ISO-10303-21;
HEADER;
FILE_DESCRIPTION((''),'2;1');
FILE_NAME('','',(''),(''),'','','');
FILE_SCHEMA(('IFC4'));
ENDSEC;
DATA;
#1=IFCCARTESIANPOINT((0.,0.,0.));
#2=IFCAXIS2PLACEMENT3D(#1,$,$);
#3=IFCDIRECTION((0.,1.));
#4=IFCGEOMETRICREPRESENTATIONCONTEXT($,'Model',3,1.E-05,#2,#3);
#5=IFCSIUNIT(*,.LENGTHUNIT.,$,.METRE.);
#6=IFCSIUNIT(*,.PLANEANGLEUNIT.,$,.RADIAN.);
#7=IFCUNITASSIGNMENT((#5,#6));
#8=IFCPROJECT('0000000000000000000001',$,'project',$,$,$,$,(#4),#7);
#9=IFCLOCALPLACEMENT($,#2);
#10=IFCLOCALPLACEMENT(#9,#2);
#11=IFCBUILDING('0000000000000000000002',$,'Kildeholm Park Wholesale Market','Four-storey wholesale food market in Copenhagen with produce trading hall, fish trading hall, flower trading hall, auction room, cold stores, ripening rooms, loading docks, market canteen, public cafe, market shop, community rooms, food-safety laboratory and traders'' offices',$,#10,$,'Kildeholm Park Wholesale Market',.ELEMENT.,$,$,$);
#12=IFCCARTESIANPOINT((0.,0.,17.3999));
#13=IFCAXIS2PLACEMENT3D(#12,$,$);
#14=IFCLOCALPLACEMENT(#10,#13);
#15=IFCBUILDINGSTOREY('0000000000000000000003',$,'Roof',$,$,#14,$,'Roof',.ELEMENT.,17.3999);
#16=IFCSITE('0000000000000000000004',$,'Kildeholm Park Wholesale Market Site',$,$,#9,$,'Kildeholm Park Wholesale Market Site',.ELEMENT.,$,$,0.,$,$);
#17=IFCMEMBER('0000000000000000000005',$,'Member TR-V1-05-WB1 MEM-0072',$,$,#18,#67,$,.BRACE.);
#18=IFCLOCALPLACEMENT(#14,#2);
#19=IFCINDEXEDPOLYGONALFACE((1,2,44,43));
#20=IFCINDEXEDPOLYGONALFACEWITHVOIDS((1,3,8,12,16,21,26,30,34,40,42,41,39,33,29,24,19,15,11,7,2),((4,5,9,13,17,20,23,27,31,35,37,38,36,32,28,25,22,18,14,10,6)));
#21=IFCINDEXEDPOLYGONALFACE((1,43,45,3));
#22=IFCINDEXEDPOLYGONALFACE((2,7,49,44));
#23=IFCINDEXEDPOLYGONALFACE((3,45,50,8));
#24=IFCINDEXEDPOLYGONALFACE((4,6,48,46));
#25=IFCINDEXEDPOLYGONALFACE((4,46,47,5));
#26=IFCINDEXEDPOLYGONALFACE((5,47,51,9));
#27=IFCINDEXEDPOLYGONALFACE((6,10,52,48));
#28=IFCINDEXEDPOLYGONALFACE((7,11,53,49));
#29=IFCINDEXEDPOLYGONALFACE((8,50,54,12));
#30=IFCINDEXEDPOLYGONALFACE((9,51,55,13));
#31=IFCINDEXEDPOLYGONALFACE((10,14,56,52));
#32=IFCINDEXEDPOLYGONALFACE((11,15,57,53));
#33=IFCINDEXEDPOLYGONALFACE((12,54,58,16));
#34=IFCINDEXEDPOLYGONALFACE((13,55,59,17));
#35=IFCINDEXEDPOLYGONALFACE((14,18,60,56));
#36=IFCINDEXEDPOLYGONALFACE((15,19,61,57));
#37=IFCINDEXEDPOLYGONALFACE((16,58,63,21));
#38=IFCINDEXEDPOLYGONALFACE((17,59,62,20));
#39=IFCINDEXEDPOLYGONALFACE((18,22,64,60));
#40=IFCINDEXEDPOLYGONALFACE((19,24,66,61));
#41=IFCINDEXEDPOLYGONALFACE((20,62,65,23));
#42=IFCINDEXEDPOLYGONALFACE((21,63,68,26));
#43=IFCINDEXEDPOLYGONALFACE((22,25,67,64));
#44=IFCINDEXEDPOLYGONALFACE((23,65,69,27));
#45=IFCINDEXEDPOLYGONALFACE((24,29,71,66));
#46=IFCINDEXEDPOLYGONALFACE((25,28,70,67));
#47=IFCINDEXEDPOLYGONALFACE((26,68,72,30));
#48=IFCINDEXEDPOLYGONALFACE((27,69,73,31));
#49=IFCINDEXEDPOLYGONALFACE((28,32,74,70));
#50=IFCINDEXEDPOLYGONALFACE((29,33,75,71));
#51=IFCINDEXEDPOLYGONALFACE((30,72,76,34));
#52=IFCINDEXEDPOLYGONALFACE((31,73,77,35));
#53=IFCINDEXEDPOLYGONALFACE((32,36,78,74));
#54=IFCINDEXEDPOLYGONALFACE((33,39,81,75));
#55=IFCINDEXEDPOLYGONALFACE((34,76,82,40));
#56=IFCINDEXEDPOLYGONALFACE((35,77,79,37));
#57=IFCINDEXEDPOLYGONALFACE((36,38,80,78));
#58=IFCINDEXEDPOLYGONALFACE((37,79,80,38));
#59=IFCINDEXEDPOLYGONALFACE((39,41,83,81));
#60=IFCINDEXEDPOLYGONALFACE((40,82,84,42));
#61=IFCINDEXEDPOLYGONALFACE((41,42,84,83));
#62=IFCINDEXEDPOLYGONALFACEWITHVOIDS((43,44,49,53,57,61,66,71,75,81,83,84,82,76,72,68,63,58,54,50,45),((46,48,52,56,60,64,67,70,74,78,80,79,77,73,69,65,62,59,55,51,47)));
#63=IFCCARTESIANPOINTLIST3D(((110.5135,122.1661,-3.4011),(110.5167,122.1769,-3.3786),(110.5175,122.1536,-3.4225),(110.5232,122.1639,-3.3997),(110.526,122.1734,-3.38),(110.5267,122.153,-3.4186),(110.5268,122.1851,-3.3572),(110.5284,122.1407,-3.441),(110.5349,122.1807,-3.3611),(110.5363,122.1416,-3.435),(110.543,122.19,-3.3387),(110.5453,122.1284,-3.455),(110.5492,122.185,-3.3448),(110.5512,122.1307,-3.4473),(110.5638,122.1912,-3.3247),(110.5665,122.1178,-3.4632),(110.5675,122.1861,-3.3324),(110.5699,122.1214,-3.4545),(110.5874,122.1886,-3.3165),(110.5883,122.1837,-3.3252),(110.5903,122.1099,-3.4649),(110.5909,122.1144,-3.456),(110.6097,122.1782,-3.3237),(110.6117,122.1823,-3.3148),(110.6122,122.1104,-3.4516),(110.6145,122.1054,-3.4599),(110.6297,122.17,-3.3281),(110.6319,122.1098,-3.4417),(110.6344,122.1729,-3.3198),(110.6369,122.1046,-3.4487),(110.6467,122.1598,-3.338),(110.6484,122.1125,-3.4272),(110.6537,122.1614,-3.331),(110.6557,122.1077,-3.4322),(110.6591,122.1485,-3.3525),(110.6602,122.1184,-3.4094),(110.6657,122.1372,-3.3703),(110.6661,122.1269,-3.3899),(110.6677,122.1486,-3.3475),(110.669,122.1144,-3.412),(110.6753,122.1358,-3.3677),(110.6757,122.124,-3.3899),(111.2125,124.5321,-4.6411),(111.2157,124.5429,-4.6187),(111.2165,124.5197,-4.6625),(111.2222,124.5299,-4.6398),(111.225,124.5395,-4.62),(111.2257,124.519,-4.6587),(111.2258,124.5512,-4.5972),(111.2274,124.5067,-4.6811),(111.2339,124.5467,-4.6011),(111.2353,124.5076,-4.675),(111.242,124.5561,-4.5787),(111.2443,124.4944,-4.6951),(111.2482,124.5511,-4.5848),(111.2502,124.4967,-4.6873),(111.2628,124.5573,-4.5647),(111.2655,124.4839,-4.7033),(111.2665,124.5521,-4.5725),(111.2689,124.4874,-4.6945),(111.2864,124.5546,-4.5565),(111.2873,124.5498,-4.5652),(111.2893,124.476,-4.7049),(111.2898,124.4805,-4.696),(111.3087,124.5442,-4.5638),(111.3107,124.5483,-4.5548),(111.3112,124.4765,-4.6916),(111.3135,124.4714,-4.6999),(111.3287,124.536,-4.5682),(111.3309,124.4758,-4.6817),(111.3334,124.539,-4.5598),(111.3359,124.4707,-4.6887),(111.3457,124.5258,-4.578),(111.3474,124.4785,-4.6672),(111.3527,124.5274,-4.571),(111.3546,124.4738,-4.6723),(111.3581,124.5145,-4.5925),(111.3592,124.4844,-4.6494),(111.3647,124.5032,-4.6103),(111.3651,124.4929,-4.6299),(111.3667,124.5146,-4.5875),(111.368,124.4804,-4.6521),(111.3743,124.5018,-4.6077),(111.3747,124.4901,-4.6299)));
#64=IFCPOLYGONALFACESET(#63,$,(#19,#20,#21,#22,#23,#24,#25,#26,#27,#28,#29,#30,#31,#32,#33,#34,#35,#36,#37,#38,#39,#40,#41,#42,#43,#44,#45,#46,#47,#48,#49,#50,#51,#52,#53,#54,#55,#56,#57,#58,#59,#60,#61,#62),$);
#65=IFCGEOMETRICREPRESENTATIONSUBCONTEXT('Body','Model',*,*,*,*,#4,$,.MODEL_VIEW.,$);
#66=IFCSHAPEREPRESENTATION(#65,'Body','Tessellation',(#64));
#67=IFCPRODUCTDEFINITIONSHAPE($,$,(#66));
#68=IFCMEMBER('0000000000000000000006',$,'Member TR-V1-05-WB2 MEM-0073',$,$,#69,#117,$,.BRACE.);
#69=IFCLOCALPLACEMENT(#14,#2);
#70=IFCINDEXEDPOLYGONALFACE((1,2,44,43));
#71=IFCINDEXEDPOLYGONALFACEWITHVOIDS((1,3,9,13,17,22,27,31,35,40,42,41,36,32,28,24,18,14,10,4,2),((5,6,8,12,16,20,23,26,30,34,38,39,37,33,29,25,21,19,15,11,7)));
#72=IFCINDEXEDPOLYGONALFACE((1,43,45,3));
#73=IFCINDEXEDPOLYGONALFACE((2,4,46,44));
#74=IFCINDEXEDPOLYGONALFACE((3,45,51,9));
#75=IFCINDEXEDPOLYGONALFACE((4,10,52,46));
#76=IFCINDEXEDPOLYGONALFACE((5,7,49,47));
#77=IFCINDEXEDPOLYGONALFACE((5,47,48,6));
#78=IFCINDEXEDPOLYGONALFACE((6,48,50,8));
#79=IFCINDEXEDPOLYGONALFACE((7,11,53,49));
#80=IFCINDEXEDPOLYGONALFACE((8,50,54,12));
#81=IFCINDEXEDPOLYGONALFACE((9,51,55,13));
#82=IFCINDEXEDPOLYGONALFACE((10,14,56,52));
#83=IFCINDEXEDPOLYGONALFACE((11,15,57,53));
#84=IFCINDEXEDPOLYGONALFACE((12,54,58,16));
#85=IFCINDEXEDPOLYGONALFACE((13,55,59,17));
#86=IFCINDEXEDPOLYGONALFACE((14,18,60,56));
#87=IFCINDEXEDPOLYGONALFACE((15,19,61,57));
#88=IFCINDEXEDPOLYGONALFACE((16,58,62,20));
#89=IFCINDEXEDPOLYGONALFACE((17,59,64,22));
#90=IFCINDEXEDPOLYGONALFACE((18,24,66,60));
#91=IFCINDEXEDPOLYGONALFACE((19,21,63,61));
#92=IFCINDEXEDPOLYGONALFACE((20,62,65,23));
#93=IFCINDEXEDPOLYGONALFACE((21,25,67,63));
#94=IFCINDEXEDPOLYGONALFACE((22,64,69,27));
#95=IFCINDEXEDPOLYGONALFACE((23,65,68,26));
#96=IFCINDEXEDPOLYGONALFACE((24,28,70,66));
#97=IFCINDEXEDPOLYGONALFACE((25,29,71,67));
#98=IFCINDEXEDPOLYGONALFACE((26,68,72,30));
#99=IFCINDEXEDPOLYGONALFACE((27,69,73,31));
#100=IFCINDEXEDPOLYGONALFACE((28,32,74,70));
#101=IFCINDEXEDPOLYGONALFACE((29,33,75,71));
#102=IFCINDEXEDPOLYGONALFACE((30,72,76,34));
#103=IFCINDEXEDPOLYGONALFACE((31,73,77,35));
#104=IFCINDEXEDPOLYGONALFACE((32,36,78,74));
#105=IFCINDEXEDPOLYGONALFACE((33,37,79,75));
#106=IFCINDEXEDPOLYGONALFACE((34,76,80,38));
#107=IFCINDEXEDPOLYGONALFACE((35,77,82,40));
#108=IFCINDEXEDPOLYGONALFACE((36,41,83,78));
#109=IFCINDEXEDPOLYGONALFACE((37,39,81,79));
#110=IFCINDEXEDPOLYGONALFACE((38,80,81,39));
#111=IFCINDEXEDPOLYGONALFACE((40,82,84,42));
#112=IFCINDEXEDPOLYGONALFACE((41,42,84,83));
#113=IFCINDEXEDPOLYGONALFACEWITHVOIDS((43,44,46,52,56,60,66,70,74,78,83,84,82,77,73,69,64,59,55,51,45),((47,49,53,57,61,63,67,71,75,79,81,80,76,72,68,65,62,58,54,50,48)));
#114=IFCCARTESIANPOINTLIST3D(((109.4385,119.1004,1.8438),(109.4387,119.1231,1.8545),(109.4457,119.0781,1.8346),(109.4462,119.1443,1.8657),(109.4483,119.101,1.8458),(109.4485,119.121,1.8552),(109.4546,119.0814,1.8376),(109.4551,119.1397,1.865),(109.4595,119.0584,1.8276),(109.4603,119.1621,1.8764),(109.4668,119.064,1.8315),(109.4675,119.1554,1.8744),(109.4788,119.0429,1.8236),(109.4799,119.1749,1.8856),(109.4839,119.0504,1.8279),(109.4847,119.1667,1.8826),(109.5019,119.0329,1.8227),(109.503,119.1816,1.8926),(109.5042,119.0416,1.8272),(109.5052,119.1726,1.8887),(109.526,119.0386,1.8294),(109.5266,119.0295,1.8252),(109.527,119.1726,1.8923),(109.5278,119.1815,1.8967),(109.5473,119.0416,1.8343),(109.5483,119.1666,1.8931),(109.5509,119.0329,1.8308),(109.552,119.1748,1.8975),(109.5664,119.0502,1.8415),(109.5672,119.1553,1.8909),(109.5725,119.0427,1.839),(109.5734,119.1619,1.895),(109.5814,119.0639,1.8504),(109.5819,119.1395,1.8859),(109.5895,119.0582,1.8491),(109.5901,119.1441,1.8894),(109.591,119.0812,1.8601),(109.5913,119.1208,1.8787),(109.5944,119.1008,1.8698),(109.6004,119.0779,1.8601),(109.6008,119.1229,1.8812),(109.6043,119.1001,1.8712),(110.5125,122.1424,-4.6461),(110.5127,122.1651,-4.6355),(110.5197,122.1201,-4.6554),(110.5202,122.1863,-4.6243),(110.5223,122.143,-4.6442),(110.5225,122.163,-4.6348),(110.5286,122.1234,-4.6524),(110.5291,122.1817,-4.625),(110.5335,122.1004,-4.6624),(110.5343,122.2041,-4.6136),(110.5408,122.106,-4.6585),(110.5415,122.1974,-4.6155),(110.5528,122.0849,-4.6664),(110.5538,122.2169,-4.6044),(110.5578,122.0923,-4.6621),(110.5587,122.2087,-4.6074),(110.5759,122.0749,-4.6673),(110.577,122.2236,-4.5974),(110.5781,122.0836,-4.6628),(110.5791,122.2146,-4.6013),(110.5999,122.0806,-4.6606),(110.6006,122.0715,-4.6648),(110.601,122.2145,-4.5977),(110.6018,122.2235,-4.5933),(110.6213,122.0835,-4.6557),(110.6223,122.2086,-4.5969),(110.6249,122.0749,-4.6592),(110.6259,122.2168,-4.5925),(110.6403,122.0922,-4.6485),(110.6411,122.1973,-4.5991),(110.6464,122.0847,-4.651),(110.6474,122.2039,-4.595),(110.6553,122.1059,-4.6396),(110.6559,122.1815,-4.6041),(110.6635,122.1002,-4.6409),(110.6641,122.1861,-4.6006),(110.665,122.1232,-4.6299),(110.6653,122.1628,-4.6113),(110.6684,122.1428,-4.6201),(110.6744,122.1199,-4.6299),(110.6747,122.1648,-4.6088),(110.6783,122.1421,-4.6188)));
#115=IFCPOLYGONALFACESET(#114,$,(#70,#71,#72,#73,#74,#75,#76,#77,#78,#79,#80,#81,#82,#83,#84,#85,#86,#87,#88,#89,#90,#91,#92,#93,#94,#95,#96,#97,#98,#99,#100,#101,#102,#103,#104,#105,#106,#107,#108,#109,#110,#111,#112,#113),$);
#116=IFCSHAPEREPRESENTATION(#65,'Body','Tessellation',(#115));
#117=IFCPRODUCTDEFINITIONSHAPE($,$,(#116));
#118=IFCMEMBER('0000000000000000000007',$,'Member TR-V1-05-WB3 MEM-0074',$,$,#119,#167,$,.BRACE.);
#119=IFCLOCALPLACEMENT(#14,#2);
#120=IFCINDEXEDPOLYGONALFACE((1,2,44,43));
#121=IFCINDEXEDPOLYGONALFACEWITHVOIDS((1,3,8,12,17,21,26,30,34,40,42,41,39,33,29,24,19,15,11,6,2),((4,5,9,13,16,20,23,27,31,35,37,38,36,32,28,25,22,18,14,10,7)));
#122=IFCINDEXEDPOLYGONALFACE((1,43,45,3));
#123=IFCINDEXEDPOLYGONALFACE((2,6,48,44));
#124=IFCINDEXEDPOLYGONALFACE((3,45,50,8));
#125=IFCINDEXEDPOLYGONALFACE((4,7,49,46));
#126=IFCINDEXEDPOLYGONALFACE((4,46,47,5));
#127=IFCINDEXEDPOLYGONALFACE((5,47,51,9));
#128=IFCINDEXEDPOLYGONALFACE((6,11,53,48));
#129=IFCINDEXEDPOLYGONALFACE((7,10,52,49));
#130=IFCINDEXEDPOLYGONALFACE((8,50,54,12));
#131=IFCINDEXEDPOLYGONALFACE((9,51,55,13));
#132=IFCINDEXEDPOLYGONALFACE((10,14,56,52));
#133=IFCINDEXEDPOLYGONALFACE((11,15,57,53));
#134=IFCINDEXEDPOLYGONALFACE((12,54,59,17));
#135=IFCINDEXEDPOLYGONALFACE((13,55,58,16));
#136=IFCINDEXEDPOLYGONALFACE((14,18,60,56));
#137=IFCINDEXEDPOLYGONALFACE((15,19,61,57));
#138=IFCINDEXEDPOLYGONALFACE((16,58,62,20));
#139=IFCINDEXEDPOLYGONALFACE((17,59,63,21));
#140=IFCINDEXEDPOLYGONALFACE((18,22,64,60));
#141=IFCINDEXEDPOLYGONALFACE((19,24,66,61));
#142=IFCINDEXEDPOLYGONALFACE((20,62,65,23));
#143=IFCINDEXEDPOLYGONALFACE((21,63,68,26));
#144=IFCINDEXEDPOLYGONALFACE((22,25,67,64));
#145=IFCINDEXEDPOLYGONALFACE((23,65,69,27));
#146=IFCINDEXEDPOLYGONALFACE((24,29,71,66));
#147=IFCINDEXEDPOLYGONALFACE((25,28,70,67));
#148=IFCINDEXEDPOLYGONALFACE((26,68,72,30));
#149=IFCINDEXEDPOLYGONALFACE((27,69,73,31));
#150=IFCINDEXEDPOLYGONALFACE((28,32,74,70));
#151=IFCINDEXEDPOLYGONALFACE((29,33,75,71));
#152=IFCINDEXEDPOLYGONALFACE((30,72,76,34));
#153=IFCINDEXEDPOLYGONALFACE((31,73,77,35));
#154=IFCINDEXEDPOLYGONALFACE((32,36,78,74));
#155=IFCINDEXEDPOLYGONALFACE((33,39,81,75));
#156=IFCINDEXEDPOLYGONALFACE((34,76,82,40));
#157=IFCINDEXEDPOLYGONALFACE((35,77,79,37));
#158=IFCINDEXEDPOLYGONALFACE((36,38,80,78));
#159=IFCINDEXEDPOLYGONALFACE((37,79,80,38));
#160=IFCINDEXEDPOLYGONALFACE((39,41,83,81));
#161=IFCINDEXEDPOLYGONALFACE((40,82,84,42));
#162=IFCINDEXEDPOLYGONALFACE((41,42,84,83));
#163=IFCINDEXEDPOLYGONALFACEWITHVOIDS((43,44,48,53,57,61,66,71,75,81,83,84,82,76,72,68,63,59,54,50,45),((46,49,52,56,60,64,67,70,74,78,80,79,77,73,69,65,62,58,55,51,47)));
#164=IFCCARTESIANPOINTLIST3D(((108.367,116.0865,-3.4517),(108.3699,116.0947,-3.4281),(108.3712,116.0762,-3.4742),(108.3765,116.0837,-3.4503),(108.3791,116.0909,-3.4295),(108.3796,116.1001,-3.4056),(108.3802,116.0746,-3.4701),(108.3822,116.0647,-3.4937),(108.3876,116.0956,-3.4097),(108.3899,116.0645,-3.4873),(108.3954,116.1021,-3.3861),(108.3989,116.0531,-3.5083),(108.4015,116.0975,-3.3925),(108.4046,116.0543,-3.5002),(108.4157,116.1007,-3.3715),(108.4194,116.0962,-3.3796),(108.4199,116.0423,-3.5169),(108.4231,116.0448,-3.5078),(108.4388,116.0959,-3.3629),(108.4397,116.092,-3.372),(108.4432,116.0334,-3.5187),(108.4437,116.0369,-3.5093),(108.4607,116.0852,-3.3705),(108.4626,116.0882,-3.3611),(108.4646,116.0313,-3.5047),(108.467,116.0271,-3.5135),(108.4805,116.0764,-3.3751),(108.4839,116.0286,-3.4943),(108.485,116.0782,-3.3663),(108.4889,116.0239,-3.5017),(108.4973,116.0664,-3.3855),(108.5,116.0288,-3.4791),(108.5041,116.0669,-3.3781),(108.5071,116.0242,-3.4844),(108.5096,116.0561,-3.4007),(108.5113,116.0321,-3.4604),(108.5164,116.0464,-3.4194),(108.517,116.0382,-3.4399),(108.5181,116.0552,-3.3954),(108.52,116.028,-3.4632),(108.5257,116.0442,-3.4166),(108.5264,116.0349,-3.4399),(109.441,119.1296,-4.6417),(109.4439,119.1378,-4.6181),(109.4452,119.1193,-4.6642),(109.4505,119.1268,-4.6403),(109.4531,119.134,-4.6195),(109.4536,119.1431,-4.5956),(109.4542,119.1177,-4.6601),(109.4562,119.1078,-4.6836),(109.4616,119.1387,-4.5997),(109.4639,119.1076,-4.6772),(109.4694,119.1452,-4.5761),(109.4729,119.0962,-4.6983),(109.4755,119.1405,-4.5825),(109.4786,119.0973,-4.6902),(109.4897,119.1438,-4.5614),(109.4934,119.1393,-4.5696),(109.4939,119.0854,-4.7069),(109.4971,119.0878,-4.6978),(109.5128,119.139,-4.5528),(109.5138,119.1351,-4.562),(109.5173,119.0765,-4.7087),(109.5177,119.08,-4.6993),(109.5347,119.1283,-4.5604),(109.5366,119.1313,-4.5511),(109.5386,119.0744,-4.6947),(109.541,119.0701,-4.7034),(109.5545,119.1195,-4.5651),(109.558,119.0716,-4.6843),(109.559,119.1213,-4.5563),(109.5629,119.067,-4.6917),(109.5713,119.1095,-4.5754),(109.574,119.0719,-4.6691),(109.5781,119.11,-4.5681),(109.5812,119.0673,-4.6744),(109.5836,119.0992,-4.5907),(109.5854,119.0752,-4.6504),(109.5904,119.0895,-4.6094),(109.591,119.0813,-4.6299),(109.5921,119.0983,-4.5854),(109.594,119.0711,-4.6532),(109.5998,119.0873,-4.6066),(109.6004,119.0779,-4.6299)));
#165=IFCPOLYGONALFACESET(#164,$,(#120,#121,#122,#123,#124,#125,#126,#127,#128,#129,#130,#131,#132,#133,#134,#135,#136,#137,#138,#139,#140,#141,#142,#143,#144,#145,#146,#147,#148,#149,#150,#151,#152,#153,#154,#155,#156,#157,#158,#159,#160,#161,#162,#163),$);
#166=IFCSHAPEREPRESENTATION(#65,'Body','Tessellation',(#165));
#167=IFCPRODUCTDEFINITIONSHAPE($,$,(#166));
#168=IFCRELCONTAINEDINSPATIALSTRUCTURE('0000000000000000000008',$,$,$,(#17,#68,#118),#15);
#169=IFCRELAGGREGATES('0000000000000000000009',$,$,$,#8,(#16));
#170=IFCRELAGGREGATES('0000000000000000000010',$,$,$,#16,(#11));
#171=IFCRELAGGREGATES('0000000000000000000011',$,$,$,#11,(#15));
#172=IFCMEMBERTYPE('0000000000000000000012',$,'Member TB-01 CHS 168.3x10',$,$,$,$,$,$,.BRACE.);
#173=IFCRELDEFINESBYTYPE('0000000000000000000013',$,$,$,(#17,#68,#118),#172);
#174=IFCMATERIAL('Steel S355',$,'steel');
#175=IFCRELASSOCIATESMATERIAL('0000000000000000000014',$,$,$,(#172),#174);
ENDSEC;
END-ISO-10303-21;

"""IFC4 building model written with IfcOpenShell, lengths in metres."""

from ifc_helpers import new_model, si_unit, direction, frame, origin, origin_2d, place, context, subcontext, project, spatial, hollow_circle, extrude, material, material_profile, profile_set, type_object, element, save


model = new_model("IFC4")

# Units and contexts
model_context = context("Model", 3, precision=1e-05, world=origin(), true_north=direction((0.0, 1.0)))
body_context = subcontext(model_context, "Body", "Model", "MODEL_VIEW")
ifc_project = project(units=[si_unit("LENGTHUNIT", "METRE"), si_unit("PLANEANGLEUNIT", "RADIAN")], contexts=[model_context])

# Site, building, storey
site_placement = place(None, origin())
site = spatial("IfcSite", under=ifc_project, at=site_placement, Name="Kildeholm Park Wholesale Market Site", LongName="Kildeholm Park Wholesale Market Site", CompositionType="ELEMENT", RefElevation=0.0)
building_placement = place(site_placement, origin())
building = spatial("IfcBuilding", under=site, at=building_placement, Name="Kildeholm Park Wholesale Market", Description="Four-storey wholesale food market in Copenhagen with produce trading hall, fish trading hall, flower trading hall, auction room, cold stores, ripening rooms, loading docks, market canteen, public cafe, market shop, community rooms, food-safety laboratory and traders' offices", LongName="Kildeholm Park Wholesale Market", CompositionType="ELEMENT")
storey_placement = place(building_placement, frame((0.0, 0.0, 17.3999)))
storey = spatial("IfcBuildingStorey", under=building, at=storey_placement, Name="Roof", LongName="Roof", CompositionType="ELEMENT", Elevation=17.3999)

# Members
ifc_material_1 = material(Name="Steel S355", Category="steel")
ifc_material_profile_1 = material_profile(ifc_material_1, hollow_circle(Radius=0.0842, WallThickness=0.01, at=origin_2d()), Name="CHS 168.3x10")
ifc_profile_set_1 = profile_set([ifc_material_profile_1], Name="Steel S355")
member_type_1 = type_object("IfcMemberType", Name="Member TB-01 CHS 168.3x10", PredefinedType="BRACE", material=ifc_profile_set_1)
member_1_placement = place(storey_placement, frame((111.2939, 124.5139, -4.6299), z_axis=(-0.253146, -0.856878, 0.449085), x_axis=(0.959024, -0.283323, 0.0)))
element("IfcMember", 1, at=member_1_placement, inside=storey, type_object=member_type_1, Name="Member TR-V1-05-WB1 MEM-0072", PredefinedType="BRACE", context=body_context, shape_type="SweptSolid", body=[
    extrude(hollow_circle(Radius=0.0842, WallThickness=0.01, at=origin_2d()), origin(), (0.0, 0.0, 1.0), 2.7612),
])
member_2_placement = place(storey_placement, frame((110.595, 122.1479, -4.6299), z_axis=(-0.148184, -0.419726, 0.895473), x_axis=(0.942958, -0.332911, 0.0)))
element("IfcMember", 2, at=member_2_placement, inside=storey, type_object=member_type_1, Name="Member TR-V1-05-WB2 MEM-0073", PredefinedType="BRACE", context=body_context, shape_type="SweptSolid", body=[
    extrude(hollow_circle(Radius=0.0842, WallThickness=0.01, at=origin_2d()), origin(), (0.0, 0.0, 1.0), 7.2476),
])
member_3_placement = place(storey_placement, frame((109.521, 119.106, -4.6299), z_axis=(-0.312262, -0.884754, 0.34598), x_axis=(0.942992, -0.332816, 0.0)))
element("IfcMember", 3, at=member_3_placement, inside=storey, type_object=member_type_1, Name="Member TR-V1-05-WB3 MEM-0074", PredefinedType="BRACE", context=body_context, shape_type="SweptSolid", body=[
    extrude(hollow_circle(Radius=0.0842, WallThickness=0.01, at=origin_2d()), origin(), (0.0, 0.0, 1.0), 3.4395),
])

save(model, "model.ifc")
